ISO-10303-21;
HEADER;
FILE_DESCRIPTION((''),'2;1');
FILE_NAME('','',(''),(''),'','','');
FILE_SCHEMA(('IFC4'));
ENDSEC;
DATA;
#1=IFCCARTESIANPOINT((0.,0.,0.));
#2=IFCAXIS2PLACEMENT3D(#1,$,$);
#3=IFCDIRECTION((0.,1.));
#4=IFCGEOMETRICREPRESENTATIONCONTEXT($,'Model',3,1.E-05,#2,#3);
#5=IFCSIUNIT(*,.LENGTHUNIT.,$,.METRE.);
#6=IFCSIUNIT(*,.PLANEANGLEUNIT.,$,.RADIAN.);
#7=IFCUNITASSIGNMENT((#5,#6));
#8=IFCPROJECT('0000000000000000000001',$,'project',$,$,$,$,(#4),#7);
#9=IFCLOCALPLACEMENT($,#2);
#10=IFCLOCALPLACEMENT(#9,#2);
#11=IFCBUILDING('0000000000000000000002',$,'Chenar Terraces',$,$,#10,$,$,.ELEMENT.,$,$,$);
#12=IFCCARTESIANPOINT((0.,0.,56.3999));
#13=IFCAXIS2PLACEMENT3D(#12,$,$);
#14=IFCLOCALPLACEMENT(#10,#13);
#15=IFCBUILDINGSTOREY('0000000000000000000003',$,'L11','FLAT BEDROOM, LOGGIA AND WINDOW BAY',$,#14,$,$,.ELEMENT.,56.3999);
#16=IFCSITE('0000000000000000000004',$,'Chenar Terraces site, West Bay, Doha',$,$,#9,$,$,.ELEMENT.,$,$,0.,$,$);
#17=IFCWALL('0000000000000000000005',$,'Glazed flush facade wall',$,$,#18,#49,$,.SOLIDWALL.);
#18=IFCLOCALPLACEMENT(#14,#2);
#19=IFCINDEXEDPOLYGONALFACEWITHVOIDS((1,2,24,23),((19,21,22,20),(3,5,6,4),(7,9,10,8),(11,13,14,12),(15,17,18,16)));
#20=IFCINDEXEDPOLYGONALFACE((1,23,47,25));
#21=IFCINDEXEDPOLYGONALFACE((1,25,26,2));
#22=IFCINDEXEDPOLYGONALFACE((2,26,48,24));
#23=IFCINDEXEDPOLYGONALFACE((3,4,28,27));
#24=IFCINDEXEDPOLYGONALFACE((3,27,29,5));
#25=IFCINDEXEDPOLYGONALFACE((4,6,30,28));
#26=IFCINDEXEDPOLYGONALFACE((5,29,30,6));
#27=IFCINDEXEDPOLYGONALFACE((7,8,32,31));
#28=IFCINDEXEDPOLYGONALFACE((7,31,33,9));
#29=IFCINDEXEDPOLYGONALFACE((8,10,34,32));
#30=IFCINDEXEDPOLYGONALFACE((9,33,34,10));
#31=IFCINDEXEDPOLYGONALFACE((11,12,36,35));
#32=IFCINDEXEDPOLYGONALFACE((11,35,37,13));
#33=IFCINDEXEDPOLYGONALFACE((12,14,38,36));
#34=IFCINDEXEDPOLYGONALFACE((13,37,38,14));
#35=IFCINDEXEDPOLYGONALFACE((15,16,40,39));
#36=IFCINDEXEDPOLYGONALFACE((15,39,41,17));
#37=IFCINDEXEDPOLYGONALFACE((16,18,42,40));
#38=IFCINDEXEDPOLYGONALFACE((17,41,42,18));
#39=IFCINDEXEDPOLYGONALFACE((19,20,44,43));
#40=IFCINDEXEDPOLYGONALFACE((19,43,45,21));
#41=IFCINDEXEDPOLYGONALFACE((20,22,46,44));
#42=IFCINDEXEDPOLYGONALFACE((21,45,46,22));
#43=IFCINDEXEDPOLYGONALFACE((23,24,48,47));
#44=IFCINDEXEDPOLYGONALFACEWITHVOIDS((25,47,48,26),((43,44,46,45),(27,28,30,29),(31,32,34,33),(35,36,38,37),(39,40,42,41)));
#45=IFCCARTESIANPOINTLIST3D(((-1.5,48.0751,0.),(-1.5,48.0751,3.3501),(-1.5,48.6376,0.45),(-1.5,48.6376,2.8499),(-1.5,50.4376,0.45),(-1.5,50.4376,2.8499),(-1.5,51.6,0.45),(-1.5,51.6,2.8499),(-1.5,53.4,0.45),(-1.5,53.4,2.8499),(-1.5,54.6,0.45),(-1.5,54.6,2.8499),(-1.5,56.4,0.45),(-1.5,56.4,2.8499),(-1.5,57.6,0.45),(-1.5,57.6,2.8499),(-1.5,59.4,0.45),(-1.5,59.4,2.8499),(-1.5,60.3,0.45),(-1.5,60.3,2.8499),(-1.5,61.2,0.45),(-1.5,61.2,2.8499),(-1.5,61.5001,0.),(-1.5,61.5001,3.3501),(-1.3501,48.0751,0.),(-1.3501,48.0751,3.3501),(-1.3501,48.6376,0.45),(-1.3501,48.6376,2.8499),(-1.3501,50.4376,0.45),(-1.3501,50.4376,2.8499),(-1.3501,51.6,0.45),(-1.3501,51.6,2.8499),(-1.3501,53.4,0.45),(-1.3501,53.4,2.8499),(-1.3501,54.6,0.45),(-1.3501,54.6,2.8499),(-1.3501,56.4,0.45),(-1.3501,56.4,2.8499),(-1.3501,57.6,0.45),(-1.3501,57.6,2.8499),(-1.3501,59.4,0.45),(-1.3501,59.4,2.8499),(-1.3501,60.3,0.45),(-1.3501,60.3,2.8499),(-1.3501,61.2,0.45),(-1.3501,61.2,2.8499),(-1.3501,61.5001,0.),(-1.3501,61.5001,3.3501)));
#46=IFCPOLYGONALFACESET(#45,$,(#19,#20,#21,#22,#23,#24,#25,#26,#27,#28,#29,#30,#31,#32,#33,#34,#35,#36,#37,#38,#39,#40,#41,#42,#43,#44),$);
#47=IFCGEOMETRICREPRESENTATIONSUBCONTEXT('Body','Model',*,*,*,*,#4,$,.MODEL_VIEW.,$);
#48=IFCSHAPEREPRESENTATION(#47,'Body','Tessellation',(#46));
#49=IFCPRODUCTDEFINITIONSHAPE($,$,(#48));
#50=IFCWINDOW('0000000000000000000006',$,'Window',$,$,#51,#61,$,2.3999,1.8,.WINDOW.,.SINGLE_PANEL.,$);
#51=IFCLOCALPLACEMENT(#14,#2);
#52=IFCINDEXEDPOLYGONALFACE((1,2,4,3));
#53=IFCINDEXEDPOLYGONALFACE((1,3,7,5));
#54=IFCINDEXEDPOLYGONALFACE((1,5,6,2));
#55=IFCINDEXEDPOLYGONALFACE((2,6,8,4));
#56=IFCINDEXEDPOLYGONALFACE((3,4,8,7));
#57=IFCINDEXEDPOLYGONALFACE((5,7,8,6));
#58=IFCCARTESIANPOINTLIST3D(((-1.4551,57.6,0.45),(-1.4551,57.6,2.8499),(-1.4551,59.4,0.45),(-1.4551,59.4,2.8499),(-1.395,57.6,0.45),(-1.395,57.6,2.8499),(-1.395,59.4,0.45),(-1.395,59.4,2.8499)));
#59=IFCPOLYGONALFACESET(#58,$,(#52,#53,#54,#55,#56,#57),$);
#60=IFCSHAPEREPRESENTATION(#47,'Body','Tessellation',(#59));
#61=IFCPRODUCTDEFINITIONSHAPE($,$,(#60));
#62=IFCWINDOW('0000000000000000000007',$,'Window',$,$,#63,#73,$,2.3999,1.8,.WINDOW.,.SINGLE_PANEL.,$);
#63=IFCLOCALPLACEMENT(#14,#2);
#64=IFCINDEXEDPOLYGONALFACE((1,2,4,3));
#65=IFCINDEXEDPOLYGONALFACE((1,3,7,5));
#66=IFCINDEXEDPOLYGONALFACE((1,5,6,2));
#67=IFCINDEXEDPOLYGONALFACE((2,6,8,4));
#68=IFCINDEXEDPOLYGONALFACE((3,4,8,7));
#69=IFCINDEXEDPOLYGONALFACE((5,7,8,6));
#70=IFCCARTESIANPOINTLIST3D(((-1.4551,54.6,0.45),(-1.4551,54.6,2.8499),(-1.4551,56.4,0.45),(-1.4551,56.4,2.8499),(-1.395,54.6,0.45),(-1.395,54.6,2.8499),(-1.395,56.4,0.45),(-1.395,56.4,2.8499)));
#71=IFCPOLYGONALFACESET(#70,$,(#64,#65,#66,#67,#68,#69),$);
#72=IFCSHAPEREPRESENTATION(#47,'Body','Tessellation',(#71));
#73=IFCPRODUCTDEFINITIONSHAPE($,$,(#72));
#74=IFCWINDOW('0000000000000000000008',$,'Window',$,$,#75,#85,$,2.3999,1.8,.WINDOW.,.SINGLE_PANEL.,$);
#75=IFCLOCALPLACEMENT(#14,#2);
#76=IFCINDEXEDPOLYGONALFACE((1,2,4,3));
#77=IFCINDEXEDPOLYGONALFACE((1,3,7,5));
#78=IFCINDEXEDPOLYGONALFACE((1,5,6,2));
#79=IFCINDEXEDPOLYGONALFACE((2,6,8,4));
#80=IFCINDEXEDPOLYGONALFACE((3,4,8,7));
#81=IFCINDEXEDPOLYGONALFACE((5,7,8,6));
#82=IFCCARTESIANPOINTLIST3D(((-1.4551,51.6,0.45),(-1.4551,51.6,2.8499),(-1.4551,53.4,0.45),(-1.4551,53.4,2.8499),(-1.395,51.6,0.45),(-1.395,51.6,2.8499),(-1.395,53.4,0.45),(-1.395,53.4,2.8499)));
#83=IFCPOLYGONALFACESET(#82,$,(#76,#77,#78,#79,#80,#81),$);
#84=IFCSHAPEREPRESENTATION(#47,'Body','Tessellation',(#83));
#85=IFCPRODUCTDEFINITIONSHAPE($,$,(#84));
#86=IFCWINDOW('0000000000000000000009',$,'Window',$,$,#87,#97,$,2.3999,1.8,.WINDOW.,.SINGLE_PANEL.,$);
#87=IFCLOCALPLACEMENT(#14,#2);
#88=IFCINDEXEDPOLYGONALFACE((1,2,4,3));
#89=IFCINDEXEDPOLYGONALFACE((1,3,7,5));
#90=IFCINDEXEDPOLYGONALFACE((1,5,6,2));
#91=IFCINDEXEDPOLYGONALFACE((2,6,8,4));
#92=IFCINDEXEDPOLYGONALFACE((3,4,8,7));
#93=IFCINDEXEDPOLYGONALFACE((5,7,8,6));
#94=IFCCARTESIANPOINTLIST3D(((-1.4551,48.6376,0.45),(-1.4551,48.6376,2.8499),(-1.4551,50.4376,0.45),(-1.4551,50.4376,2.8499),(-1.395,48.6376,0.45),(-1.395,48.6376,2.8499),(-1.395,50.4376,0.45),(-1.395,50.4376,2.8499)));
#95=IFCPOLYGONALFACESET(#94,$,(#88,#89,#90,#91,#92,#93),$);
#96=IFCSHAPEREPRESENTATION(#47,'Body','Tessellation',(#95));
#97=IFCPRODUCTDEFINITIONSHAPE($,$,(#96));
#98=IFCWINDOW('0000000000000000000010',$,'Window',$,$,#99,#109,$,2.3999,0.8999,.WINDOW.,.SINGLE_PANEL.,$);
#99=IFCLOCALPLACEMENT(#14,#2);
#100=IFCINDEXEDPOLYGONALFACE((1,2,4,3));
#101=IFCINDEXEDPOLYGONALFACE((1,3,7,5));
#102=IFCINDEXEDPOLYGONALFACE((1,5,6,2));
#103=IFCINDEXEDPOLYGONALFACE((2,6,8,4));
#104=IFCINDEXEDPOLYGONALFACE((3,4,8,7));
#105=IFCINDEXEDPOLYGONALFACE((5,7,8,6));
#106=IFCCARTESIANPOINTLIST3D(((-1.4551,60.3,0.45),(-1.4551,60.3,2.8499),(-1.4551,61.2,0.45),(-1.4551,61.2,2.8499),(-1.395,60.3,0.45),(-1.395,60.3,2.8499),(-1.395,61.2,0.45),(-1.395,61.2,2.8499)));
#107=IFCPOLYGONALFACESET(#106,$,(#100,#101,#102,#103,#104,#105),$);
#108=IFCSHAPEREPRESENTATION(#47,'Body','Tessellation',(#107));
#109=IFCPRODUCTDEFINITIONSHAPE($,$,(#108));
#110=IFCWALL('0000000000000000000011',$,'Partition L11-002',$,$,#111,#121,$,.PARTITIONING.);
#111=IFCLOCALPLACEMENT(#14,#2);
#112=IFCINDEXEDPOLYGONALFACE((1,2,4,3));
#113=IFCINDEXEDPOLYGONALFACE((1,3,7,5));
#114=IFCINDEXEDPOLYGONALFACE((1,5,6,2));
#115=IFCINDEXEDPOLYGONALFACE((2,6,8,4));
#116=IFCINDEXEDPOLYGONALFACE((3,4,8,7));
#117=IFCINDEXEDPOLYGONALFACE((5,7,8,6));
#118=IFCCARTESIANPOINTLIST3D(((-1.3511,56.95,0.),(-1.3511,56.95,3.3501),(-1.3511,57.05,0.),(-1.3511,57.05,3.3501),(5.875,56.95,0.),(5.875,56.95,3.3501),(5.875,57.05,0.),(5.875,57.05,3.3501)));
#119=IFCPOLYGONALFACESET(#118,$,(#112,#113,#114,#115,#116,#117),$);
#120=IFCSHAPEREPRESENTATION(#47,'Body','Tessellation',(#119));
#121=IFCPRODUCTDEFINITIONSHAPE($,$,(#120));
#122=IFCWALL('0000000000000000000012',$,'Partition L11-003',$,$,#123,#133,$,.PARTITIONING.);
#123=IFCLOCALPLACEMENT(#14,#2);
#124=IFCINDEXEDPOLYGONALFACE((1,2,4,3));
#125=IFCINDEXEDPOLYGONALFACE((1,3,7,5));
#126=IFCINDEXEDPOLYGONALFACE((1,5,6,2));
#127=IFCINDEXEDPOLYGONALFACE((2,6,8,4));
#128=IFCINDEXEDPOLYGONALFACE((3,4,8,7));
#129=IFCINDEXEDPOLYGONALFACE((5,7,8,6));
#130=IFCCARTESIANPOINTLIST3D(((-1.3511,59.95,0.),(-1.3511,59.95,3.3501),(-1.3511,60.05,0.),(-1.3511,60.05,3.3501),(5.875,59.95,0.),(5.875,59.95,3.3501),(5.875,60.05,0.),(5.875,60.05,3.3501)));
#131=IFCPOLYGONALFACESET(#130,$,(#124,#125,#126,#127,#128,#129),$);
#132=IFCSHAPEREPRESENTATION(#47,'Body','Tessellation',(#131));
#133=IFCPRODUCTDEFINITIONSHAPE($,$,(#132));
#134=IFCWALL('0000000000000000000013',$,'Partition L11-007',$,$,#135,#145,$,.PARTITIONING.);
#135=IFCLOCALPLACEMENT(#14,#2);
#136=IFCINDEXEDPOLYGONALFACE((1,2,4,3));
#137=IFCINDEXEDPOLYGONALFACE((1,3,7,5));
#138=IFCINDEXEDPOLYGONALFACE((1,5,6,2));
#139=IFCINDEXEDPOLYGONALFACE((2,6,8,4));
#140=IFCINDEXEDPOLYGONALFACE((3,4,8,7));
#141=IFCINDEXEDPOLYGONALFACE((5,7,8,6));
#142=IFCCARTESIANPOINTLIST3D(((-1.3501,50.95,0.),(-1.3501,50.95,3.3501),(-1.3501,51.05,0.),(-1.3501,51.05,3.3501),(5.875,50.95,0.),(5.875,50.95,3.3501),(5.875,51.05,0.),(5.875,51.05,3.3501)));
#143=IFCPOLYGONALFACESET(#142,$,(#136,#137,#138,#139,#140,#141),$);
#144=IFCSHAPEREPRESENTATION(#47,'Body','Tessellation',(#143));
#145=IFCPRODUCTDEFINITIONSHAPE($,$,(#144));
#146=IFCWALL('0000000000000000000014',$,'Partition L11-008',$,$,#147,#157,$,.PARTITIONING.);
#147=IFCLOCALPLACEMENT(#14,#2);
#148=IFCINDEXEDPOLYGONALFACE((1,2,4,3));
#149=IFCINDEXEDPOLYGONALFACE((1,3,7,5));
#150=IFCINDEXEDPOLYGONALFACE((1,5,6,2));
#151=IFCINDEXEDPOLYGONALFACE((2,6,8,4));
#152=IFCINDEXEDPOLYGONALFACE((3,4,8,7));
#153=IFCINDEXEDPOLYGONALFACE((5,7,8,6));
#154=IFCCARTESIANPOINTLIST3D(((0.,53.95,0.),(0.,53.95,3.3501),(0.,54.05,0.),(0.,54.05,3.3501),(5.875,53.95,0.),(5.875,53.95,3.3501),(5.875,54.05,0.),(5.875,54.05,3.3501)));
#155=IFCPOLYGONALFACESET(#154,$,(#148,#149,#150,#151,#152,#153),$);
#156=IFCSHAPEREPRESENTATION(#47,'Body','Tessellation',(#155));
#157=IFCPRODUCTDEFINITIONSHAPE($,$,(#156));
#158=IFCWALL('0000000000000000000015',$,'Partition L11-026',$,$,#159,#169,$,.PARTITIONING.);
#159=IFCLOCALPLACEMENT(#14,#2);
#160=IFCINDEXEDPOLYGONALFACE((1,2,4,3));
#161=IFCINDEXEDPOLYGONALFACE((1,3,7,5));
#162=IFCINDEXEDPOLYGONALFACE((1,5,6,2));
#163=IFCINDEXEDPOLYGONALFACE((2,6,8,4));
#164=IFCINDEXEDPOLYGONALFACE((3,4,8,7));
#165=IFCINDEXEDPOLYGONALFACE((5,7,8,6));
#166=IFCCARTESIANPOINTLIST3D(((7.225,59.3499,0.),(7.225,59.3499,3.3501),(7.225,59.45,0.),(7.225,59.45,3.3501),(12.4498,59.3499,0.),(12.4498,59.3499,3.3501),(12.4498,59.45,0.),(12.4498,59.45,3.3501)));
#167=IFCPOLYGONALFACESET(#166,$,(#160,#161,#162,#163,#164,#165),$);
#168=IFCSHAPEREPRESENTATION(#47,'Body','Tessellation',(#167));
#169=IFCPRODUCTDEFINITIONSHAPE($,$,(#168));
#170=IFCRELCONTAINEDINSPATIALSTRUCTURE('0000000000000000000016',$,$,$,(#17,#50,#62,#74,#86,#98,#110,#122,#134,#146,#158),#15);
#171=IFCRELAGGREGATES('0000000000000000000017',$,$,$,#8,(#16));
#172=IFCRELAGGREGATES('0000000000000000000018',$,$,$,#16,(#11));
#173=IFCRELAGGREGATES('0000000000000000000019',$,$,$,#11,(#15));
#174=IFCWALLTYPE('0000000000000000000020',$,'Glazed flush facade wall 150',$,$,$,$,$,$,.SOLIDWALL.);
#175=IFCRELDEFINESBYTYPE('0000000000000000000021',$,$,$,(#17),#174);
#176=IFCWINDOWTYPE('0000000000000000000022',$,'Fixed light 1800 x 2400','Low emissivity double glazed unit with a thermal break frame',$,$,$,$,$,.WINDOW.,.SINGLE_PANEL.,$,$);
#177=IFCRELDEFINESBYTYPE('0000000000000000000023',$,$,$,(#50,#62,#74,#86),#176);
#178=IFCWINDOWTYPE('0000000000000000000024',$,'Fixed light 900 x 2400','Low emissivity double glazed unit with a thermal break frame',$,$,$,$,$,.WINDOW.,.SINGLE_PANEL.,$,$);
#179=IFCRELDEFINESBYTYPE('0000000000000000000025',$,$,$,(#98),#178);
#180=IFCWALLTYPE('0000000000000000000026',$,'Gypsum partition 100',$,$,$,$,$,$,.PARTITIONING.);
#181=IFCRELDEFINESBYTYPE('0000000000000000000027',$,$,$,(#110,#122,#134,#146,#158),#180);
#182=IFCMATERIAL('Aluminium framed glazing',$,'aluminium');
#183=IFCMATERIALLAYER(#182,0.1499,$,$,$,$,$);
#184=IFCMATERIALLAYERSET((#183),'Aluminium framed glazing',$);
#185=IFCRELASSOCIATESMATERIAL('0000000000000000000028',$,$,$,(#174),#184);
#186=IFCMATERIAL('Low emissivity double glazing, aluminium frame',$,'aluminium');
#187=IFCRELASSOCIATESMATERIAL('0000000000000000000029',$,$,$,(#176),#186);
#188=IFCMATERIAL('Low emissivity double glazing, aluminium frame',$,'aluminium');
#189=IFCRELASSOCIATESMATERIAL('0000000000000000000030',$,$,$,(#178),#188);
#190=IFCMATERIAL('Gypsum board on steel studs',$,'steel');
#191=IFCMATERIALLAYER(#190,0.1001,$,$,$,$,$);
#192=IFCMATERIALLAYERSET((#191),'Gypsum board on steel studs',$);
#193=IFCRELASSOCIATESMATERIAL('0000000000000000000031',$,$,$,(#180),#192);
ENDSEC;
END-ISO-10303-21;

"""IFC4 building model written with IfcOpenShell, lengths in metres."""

from ifc_helpers import new_model, si_unit, direction, frame, frame_2d, origin, place, context, subcontext, project, spatial, rectangle, extrude, material, layer, layer_set, type_object, element, fill, save


model = new_model("IFC4")

# Units and contexts
model_context = context("Model", 3, precision=1e-05, world=origin(), true_north=direction((0.0, 1.0)))
body_context = subcontext(model_context, "Body", "Model", "MODEL_VIEW")
ifc_project = project(units=[si_unit("LENGTHUNIT", "METRE"), si_unit("PLANEANGLEUNIT", "RADIAN")], contexts=[model_context])

# Site, building, storey
site_placement = place(None, origin())
site = spatial("IfcSite", under=ifc_project, at=site_placement, Name="Chenar Terraces site, West Bay, Doha", CompositionType="ELEMENT", RefElevation=0.0)
building_placement = place(site_placement, origin())
building = spatial("IfcBuilding", under=site, at=building_placement, Name="Chenar Terraces", CompositionType="ELEMENT")
storey_placement = place(building_placement, frame((0.0, 0.0, 56.3999)))
storey = spatial("IfcBuildingStorey", under=building, at=storey_placement, Name="L11", Description="FLAT BEDROOM, LOGGIA AND WINDOW BAY", CompositionType="ELEMENT", Elevation=56.3999)

# Shared definitions
placement = place(storey_placement, frame((0.0, 54.0, 0.0), z_axis=(0.0, 0.0, 1.0), x_axis=(1.0, 0.0, 0.0)))

# Shared definitions
ifc_material_1 = material(Name="Aluminium framed glazing", Category="aluminium")
ifc_layer_1 = layer(ifc_material_1, 0.1499)
ifc_layer_set_1 = layer_set([ifc_layer_1], Name="Aluminium framed glazing")
wall_type_1 = type_object("IfcWallType", Name="Glazed flush facade wall 150", PredefinedType="SOLIDWALL", material=ifc_layer_set_1)

# Wall, openings, windows
wall_1_placement = place(storey_placement, frame((-1.425, 61.5, 0.0), z_axis=(0.0, 0.0, 1.0), x_axis=(0.0, -1.0, 0.0)))
wall_1 = element("IfcWall", 1, at=wall_1_placement, inside=storey, type_object=wall_type_1, Name="Glazed flush facade wall", PredefinedType="SOLIDWALL", context=body_context, shape_type="SweptSolid", body=[
    extrude(rectangle(XDim=13.425, YDim=0.1499, at=frame_2d((6.7124, 0.0))), origin(), (0.0, 0.0, 1.0), 3.3501),
])
opening_1_placement = place(wall_1_placement, frame((0.3, 0.0, 0.45)))
opening_1 = element("IfcOpeningElement", 2, at=opening_1_placement, cuts=wall_1, PredefinedType="OPENING", context=body_context, shape_type="SweptSolid", body=[
    extrude(rectangle(XDim=0.8999, YDim=2.3999, at=frame_2d((0.45, 1.2))), frame((0.0, 0.085, 0.0), z_axis=(0.0, -1.0, 0.0), x_axis=(1.0, 0.0, 0.0)), (0.0, 0.0, 1.0), 0.1699),
])
opening_2_placement = place(wall_1_placement, frame((2.1001, 0.0, 0.45)))
opening_2 = element("IfcOpeningElement", 3, at=opening_2_placement, cuts=wall_1, PredefinedType="OPENING", context=body_context, shape_type="SweptSolid", body=[
    extrude(rectangle(XDim=1.8, YDim=2.3999, at=frame_2d((0.8999, 1.2))), frame((0.0, 0.085, 0.0), z_axis=(0.0, -1.0, 0.0), x_axis=(1.0, 0.0, 0.0)), (0.0, 0.0, 1.0), 0.1699),
])
opening_3_placement = place(wall_1_placement, frame((5.1001, 0.0, 0.45)))
opening_3 = element("IfcOpeningElement", 4, at=opening_3_placement, cuts=wall_1, PredefinedType="OPENING", context=body_context, shape_type="SweptSolid", body=[
    extrude(rectangle(XDim=1.8, YDim=2.3999, at=frame_2d((0.8999, 1.2))), frame((0.0, 0.085, 0.0), z_axis=(0.0, -1.0, 0.0), x_axis=(1.0, 0.0, 0.0)), (0.0, 0.0, 1.0), 0.1699),
])
opening_4_placement = place(wall_1_placement, frame((8.1001, 0.0, 0.45)))
opening_4 = element("IfcOpeningElement", 5, at=opening_4_placement, cuts=wall_1, PredefinedType="OPENING", context=body_context, shape_type="SweptSolid", body=[
    extrude(rectangle(XDim=1.8, YDim=2.3999, at=frame_2d((0.8999, 1.2))), frame((0.0, 0.085, 0.0), z_axis=(0.0, -1.0, 0.0), x_axis=(1.0, 0.0, 0.0)), (0.0, 0.0, 1.0), 0.1699),
])
opening_5_placement = place(wall_1_placement, frame((11.0625, 0.0, 0.45)))
opening_5 = element("IfcOpeningElement", 6, at=opening_5_placement, cuts=wall_1, PredefinedType="OPENING", context=body_context, shape_type="SweptSolid", body=[
    extrude(rectangle(XDim=1.8, YDim=2.3999, at=frame_2d((0.8999, 1.2))), frame((0.0, 0.085, 0.0), z_axis=(0.0, -1.0, 0.0), x_axis=(1.0, 0.0, 0.0)), (0.0, 0.0, 1.0), 0.1699),
])
ifc_material_2 = material(Name="Low emissivity double glazing, aluminium frame", Category="aluminium")
window_type_1 = type_object("IfcWindowType", Name="Fixed light 1800 x 2400", Description="Low emissivity double glazed unit with a thermal break frame", PartitioningType="SINGLE_PANEL", PredefinedType="WINDOW", material=ifc_material_2)
window_1_placement = place(opening_2_placement, origin())
window_1 = element("IfcWindow", 7, at=window_1_placement, inside=storey, type_object=window_type_1, Name="Window", OverallHeight=2.3999, OverallWidth=1.8, PartitioningType="SINGLE_PANEL", PredefinedType="WINDOW", context=body_context, shape_type="SweptSolid", body=[
    extrude(rectangle(XDim=1.8, YDim=2.3999, at=frame_2d((0.8999, 1.2))), frame((0.0, 0.03, 0.0), z_axis=(0.0, -1.0, 0.0), x_axis=(1.0, 0.0, 0.0)), (0.0, 0.0, 1.0), 0.0601),
])
fill(opening_2, window_1)
window_2_placement = place(opening_3_placement, origin())
window_2 = element("IfcWindow", 8, at=window_2_placement, inside=storey, type_object=window_type_1, Name="Window", OverallHeight=2.3999, OverallWidth=1.8, PartitioningType="SINGLE_PANEL", PredefinedType="WINDOW", context=body_context, shape_type="SweptSolid", body=[
    extrude(rectangle(XDim=1.8, YDim=2.3999, at=frame_2d((0.8999, 1.2))), frame((0.0, 0.03, 0.0), z_axis=(0.0, -1.0, 0.0), x_axis=(1.0, 0.0, 0.0)), (0.0, 0.0, 1.0), 0.0601),
])
fill(opening_3, window_2)
window_3_placement = place(opening_4_placement, origin())
window_3 = element("IfcWindow", 9, at=window_3_placement, inside=storey, type_object=window_type_1, Name="Window", OverallHeight=2.3999, OverallWidth=1.8, PartitioningType="SINGLE_PANEL", PredefinedType="WINDOW", context=body_context, shape_type="SweptSolid", body=[
    extrude(rectangle(XDim=1.8, YDim=2.3999, at=frame_2d((0.8999, 1.2))), frame((0.0, 0.03, 0.0), z_axis=(0.0, -1.0, 0.0), x_axis=(1.0, 0.0, 0.0)), (0.0, 0.0, 1.0), 0.0601),
])
fill(opening_4, window_3)
window_4_placement = place(opening_5_placement, origin())
window_4 = element("IfcWindow", 10, at=window_4_placement, inside=storey, type_object=window_type_1, Name="Window", OverallHeight=2.3999, OverallWidth=1.8, PartitioningType="SINGLE_PANEL", PredefinedType="WINDOW", context=body_context, shape_type="SweptSolid", body=[
    extrude(rectangle(XDim=1.8, YDim=2.3999, at=frame_2d((0.8999, 1.2))), frame((0.0, 0.03, 0.0), z_axis=(0.0, -1.0, 0.0), x_axis=(1.0, 0.0, 0.0)), (0.0, 0.0, 1.0), 0.0601),
])
fill(opening_5, window_4)
ifc_material_3 = material(Name="Low emissivity double glazing, aluminium frame", Category="aluminium")
window_type_2 = type_object("IfcWindowType", Name="Fixed light 900 x 2400", Description="Low emissivity double glazed unit with a thermal break frame", PartitioningType="SINGLE_PANEL", PredefinedType="WINDOW", material=ifc_material_3)
window_5_placement = place(opening_1_placement, origin())
window_5 = element("IfcWindow", 11, at=window_5_placement, inside=storey, type_object=window_type_2, Name="Window", OverallHeight=2.3999, OverallWidth=0.8999, PartitioningType="SINGLE_PANEL", PredefinedType="WINDOW", context=body_context, shape_type="SweptSolid", body=[
    extrude(rectangle(XDim=0.8999, YDim=2.3999, at=frame_2d((0.45, 1.2))), frame((0.0, 0.03, 0.0), z_axis=(0.0, -1.0, 0.0), x_axis=(1.0, 0.0, 0.0)), (0.0, 0.0, 1.0), 0.0601),
])
fill(opening_1, window_5)

# Walls
ifc_material_4 = material(Name="Gypsum board on steel studs", Category="steel")
ifc_layer_2 = layer(ifc_material_4, 0.1001)
ifc_layer_set_2 = layer_set([ifc_layer_2], Name="Gypsum board on steel studs")
wall_type_2 = type_object("IfcWallType", Name="Gypsum partition 100", PredefinedType="PARTITIONING", material=ifc_layer_set_2)
for number, where, z_axis, x_axis, name in (
    (12, (-1.3511, 57.0, 0.0), (0.0, 0.0, 1.0), (1.0, 0.0, 0.0), "Partition L11-002"),
    (13, (-1.3511, 60.0, 0.0), (0.0, 0.0, 1.0), (1.0, 0.0, 0.0), "Partition L11-003"),
):
    element("IfcWall", number, at=place(storey_placement, frame(where, z_axis=z_axis, x_axis=x_axis)), inside=storey, type_object=wall_type_2, Name=name, PredefinedType="PARTITIONING", context=body_context, shape_type="SweptSolid", body=[
        extrude(rectangle(XDim=7.2261, YDim=0.1001, at=frame_2d((3.613, 0.0))), origin(), (0.0, 0.0, 1.0), 3.3501),
    ])
wall_2_placement = place(storey_placement, frame((-1.3501, 51.0, 0.0), z_axis=(0.0, 0.0, 1.0), x_axis=(1.0, 0.0, 0.0)))
element("IfcWall", 14, at=wall_2_placement, inside=storey, type_object=wall_type_2, Name="Partition L11-007", PredefinedType="PARTITIONING", context=body_context, shape_type="SweptSolid", body=[
    extrude(rectangle(XDim=7.2251, YDim=0.1001, at=frame_2d((3.6125, 0.0))), origin(), (0.0, 0.0, 1.0), 3.3501),
])
element("IfcWall", 15, at=placement, inside=storey, type_object=wall_type_2, Name="Partition L11-008", PredefinedType="PARTITIONING", context=body_context, shape_type="SweptSolid", body=[
    extrude(rectangle(XDim=5.875, YDim=0.1001, at=frame_2d((2.9375, 0.0))), origin(), (0.0, 0.0, 1.0), 3.3501),
])
wall_3_placement = place(storey_placement, frame((7.2251, 59.3999, 0.0), z_axis=(0.0, 0.0, 1.0), x_axis=(1.0, 0.0, 0.0)))
element("IfcWall", 16, at=wall_3_placement, inside=storey, type_object=wall_type_2, Name="Partition L11-026", PredefinedType="PARTITIONING", context=body_context, shape_type="SweptSolid", body=[
    extrude(rectangle(XDim=5.2249, YDim=0.1001, at=frame_2d((2.6123, 0.0))), origin(), (0.0, 0.0, 1.0), 3.3501),
])

save(model, "model.ifc")
